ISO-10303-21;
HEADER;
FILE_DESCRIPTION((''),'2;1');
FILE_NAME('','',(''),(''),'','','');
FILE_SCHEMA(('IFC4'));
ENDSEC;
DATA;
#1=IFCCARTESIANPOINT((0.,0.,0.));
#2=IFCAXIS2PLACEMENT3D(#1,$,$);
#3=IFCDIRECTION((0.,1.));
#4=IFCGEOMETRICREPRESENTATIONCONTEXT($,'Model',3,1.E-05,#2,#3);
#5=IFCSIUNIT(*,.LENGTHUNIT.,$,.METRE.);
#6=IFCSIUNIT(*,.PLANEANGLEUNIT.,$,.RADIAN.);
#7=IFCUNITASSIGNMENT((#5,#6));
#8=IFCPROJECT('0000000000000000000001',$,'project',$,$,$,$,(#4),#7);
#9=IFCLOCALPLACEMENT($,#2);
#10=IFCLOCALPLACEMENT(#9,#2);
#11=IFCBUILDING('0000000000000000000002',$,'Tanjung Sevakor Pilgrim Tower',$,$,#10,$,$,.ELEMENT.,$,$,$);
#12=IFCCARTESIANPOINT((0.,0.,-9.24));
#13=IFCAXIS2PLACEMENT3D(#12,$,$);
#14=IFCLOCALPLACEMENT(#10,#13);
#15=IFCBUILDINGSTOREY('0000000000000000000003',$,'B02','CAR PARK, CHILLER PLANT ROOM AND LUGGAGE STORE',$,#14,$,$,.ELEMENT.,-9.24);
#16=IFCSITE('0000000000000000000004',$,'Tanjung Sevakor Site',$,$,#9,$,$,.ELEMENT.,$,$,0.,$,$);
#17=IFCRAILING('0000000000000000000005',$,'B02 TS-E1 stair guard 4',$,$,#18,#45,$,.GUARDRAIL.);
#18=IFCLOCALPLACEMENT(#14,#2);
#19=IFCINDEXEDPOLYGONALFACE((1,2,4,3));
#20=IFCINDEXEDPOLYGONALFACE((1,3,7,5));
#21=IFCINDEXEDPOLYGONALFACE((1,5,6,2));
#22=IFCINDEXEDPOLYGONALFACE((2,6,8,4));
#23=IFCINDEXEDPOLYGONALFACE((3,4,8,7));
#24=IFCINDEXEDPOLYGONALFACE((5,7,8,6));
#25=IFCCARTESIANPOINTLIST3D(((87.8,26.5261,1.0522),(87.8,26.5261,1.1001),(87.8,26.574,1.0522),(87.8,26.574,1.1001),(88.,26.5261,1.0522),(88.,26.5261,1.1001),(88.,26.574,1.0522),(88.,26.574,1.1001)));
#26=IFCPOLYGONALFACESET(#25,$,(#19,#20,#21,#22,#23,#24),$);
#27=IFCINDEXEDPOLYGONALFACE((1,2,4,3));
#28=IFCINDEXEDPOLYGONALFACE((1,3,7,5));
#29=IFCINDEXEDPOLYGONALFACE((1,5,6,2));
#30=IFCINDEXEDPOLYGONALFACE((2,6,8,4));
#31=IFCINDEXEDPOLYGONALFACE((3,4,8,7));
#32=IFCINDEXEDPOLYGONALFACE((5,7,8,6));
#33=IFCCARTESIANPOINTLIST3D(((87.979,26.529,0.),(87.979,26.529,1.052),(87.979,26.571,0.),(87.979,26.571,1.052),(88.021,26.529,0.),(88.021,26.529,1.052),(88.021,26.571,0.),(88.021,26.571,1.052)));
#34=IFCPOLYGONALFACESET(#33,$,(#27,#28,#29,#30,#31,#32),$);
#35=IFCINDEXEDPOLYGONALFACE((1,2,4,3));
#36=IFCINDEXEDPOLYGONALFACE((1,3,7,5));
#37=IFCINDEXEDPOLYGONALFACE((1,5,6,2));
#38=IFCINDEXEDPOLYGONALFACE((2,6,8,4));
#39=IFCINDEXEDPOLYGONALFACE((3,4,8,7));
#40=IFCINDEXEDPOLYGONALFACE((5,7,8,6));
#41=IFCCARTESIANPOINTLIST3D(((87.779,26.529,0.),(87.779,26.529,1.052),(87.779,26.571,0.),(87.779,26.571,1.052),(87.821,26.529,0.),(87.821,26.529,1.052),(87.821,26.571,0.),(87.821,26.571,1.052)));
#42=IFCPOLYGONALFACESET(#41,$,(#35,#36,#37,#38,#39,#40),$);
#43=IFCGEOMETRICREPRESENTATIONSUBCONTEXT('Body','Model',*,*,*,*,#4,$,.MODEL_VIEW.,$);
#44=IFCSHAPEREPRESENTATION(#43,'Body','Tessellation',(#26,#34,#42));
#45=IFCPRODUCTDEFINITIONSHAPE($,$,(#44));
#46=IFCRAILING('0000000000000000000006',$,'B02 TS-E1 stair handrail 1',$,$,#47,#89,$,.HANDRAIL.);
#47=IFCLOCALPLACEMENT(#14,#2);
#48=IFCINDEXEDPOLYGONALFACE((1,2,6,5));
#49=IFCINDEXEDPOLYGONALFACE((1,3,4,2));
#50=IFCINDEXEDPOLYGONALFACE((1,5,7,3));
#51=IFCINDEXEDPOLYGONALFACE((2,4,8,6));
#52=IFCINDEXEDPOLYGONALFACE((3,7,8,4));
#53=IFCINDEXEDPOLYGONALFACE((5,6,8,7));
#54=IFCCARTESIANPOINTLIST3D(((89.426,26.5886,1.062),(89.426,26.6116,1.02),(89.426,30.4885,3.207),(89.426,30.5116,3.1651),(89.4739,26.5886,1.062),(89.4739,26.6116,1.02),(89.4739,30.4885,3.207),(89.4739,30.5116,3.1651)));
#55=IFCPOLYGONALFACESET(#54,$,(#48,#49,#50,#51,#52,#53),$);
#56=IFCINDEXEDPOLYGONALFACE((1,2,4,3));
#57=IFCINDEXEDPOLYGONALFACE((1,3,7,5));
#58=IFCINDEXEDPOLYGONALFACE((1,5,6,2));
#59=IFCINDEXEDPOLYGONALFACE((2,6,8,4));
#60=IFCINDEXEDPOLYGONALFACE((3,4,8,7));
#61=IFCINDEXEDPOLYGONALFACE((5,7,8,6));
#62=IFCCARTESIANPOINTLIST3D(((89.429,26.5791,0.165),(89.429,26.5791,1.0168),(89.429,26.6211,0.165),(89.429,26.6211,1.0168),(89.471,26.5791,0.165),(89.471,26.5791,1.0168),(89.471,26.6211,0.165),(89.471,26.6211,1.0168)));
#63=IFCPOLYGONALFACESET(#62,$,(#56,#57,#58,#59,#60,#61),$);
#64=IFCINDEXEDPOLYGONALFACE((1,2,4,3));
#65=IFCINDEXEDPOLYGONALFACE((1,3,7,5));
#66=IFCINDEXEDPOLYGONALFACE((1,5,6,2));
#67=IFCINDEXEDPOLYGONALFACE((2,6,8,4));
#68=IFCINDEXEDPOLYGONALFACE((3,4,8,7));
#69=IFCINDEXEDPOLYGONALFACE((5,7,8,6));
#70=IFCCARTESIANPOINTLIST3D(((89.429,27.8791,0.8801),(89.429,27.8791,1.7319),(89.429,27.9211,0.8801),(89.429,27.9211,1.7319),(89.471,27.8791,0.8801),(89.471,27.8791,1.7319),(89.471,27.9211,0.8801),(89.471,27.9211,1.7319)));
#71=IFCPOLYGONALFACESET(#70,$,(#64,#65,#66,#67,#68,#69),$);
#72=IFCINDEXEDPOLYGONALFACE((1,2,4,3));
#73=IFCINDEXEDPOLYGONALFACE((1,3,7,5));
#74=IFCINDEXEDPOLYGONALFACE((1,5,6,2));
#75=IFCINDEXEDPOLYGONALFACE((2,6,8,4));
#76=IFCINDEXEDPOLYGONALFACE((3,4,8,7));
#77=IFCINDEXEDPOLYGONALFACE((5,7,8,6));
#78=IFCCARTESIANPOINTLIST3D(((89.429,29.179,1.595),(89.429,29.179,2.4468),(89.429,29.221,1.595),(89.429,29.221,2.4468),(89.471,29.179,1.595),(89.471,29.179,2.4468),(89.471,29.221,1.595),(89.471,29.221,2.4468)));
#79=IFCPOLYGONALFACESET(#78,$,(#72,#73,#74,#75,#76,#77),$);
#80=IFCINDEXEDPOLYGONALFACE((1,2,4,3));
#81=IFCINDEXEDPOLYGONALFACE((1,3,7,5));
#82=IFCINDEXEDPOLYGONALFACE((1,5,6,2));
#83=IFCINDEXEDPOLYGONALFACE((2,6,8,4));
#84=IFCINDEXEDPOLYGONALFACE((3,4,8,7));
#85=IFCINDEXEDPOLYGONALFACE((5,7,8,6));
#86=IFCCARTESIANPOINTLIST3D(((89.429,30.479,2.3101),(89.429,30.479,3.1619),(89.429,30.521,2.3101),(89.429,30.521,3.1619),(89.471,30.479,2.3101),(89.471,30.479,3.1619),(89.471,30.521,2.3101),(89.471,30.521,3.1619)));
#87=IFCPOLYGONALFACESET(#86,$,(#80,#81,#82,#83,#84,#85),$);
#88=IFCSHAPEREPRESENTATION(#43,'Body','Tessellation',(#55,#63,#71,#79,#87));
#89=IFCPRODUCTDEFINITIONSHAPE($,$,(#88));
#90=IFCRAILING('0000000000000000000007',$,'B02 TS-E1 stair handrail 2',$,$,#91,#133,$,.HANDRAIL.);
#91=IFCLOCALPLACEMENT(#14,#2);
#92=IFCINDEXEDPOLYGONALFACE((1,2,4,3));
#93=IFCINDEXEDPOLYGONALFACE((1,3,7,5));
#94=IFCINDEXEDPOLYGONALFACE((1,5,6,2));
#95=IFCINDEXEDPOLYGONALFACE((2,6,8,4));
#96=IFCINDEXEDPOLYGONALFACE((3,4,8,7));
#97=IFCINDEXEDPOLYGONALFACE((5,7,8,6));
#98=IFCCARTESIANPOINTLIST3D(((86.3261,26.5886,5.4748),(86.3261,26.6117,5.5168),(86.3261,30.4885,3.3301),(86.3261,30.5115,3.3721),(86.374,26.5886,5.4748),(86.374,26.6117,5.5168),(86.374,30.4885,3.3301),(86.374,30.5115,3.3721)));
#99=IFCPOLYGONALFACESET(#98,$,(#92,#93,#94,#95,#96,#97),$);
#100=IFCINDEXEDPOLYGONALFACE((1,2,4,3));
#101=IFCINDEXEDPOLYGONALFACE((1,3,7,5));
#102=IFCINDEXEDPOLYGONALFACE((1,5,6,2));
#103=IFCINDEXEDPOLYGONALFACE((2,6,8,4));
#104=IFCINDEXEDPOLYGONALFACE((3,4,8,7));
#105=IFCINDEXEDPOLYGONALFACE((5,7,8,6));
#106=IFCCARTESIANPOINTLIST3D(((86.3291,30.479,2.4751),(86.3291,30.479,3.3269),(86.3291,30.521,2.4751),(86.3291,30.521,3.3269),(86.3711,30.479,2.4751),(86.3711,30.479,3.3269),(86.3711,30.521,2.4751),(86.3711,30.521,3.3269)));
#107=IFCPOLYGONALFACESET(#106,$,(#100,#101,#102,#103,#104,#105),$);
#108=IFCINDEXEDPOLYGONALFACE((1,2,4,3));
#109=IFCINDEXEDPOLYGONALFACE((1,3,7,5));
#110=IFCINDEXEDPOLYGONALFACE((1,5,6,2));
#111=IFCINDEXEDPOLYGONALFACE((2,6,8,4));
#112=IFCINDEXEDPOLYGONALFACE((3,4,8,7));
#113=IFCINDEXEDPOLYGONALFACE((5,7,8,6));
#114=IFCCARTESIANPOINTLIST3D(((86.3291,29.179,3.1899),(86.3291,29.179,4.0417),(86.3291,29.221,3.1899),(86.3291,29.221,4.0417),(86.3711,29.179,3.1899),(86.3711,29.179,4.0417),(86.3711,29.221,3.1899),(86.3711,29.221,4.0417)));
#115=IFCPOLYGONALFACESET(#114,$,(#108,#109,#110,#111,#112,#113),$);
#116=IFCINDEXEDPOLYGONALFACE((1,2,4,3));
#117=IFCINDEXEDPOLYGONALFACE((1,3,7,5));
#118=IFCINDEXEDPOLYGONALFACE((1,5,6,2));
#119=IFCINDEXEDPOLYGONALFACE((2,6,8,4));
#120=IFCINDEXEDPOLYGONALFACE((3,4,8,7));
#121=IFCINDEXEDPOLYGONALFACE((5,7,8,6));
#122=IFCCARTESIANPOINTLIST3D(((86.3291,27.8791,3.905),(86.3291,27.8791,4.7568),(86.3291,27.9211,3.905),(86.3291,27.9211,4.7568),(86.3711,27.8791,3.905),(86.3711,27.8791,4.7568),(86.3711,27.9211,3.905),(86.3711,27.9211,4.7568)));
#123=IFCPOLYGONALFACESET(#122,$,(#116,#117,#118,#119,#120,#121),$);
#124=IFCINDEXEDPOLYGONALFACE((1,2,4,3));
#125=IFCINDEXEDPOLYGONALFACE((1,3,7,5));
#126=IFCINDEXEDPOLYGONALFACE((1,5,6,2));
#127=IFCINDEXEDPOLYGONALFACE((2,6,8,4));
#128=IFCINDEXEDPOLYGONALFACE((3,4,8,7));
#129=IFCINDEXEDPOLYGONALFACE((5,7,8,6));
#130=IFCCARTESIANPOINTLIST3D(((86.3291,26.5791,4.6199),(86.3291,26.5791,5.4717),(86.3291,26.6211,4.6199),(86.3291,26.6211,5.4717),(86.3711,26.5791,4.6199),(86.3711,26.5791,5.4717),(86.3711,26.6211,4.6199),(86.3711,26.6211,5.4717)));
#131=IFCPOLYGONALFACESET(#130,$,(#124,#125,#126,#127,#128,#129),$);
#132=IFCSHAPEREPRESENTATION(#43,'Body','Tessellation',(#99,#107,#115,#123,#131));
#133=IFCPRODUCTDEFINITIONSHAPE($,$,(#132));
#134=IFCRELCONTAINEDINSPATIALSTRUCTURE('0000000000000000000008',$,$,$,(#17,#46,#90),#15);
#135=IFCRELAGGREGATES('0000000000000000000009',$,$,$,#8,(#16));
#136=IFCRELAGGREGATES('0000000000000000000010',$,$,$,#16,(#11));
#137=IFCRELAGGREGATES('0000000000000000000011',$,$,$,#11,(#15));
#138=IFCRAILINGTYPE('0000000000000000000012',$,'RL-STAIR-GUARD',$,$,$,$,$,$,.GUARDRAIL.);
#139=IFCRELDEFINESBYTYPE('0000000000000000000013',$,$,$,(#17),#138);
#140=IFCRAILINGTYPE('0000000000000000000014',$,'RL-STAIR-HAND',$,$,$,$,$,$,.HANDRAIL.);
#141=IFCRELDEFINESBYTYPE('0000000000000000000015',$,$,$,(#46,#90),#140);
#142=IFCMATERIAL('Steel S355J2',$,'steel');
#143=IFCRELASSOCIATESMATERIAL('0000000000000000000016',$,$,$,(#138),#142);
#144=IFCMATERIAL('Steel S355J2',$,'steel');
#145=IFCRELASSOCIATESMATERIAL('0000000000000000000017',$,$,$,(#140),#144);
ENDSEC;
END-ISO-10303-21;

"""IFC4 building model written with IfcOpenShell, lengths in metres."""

from ifc_helpers import new_model, si_unit, direction, frame, origin, place, context, subcontext, project, spatial, rectangle, extrude, material, type_object, element, save


model = new_model("IFC4")

# Units and contexts
model_context = context("Model", 3, precision=1e-05, world=origin(), true_north=direction((0.0, 1.0)))
body_context = subcontext(model_context, "Body", "Model", "MODEL_VIEW")
ifc_project = project(units=[si_unit("LENGTHUNIT", "METRE"), si_unit("PLANEANGLEUNIT", "RADIAN")], contexts=[model_context])

# Site, building, storey
site_placement = place(None, origin())
site = spatial("IfcSite", under=ifc_project, at=site_placement, Name="Tanjung Sevakor Site", CompositionType="ELEMENT", RefElevation=0.0)
building_placement = place(site_placement, origin())
building = spatial("IfcBuilding", under=site, at=building_placement, Name="Tanjung Sevakor Pilgrim Tower", CompositionType="ELEMENT")
storey_placement = place(building_placement, frame((0.0, 0.0, -9.24)))
storey = spatial("IfcBuildingStorey", under=building, at=storey_placement, Name="B02", Description="CAR PARK, CHILLER PLANT ROOM AND LUGGAGE STORE", CompositionType="ELEMENT", Elevation=-9.24)

# Railings
ifc_material_1 = material(Name="Steel S355J2", Category="steel")
railing_type_1 = type_object("IfcRailingType", Name="RL-STAIR-GUARD", PredefinedType="GUARDRAIL", material=ifc_material_1)
railing_1_placement = place(storey_placement, frame((88.0, 26.55, 0.0)))
element("IfcRailing", 1, at=railing_1_placement, inside=storey, type_object=railing_type_1, Name="B02 TS-E1 stair guard 4", PredefinedType="GUARDRAIL", context=body_context, shape_type="SweptSolid", body=[
    extrude(rectangle(XDim=0.0479, YDim=0.0479), frame((0.0, 0.0, 1.0762), z_axis=(-1.0, 0.0, 0.0), x_axis=(0.0, -1.0, 0.0)), (0.0, 0.0, 1.0), 0.2),
    extrude(rectangle(XDim=0.042, YDim=0.042), origin(), (0.0, 0.0, 1.0), 1.052),
    extrude(rectangle(XDim=0.042, YDim=0.042), frame((-0.2, 0.0, 0.0)), (0.0, 0.0, 1.0), 1.052),
])
ifc_material_2 = material(Name="Steel S355J2", Category="steel")
railing_type_2 = type_object("IfcRailingType", Name="RL-STAIR-HAND", PredefinedType="HANDRAIL", material=ifc_material_2)
railing_2_placement = place(storey_placement, frame((89.45, 26.6001, 0.165)))
element("IfcRailing", 2, at=railing_2_placement, inside=storey, type_object=railing_type_2, Name="B02 TS-E1 stair handrail 1", PredefinedType="HANDRAIL", context=body_context, shape_type="SweptSolid", body=[
    extrude(rectangle(XDim=0.0479, YDim=0.0479), frame((0.0, 0.0, 0.876), z_axis=(0.0, 0.876209, 0.481931), x_axis=(-1.0, 0.0, 0.0)), (0.0, 0.0, 1.0), 4.4509),
    extrude(rectangle(XDim=0.042, YDim=0.042), origin(), (0.0, 0.0, 1.0), 0.8518),
    extrude(rectangle(XDim=0.042, YDim=0.042), frame((0.0, 1.3, 0.7151)), (0.0, 0.0, 1.0), 0.8518),
    extrude(rectangle(XDim=0.042, YDim=0.042), frame((0.0, 2.5999, 1.4299)), (0.0, 0.0, 1.0), 0.8518),
    extrude(rectangle(XDim=0.042, YDim=0.042), frame((0.0, 3.8999, 2.145)), (0.0, 0.0, 1.0), 0.8518),
])
railing_3_placement = place(storey_placement, frame((86.3501, 30.5, 2.4751)))
element("IfcRailing", 3, at=railing_3_placement, inside=storey, type_object=railing_type_2, Name="B02 TS-E1 stair handrail 2", PredefinedType="HANDRAIL", context=body_context, shape_type="SweptSolid", body=[
    extrude(rectangle(XDim=0.0479, YDim=0.0479), frame((0.0, 0.0, 0.876), z_axis=(0.0, -0.876232, 0.481889), x_axis=(1.0, 0.0, 0.0)), (0.0, 0.0, 1.0), 4.4507),
    extrude(rectangle(XDim=0.042, YDim=0.042), origin(), (0.0, 0.0, 1.0), 0.8518),
    extrude(rectangle(XDim=0.042, YDim=0.042), frame((0.0, -1.3, 0.7148)), (0.0, 0.0, 1.0), 0.8518),
    extrude(rectangle(XDim=0.042, YDim=0.042), frame((0.0, -2.5999, 1.4299)), (0.0, 0.0, 1.0), 0.8518),
    extrude(rectangle(XDim=0.042, YDim=0.042), frame((0.0, -3.8999, 2.1448)), (0.0, 0.0, 1.0), 0.8518),
])

save(model, "model.ifc")
